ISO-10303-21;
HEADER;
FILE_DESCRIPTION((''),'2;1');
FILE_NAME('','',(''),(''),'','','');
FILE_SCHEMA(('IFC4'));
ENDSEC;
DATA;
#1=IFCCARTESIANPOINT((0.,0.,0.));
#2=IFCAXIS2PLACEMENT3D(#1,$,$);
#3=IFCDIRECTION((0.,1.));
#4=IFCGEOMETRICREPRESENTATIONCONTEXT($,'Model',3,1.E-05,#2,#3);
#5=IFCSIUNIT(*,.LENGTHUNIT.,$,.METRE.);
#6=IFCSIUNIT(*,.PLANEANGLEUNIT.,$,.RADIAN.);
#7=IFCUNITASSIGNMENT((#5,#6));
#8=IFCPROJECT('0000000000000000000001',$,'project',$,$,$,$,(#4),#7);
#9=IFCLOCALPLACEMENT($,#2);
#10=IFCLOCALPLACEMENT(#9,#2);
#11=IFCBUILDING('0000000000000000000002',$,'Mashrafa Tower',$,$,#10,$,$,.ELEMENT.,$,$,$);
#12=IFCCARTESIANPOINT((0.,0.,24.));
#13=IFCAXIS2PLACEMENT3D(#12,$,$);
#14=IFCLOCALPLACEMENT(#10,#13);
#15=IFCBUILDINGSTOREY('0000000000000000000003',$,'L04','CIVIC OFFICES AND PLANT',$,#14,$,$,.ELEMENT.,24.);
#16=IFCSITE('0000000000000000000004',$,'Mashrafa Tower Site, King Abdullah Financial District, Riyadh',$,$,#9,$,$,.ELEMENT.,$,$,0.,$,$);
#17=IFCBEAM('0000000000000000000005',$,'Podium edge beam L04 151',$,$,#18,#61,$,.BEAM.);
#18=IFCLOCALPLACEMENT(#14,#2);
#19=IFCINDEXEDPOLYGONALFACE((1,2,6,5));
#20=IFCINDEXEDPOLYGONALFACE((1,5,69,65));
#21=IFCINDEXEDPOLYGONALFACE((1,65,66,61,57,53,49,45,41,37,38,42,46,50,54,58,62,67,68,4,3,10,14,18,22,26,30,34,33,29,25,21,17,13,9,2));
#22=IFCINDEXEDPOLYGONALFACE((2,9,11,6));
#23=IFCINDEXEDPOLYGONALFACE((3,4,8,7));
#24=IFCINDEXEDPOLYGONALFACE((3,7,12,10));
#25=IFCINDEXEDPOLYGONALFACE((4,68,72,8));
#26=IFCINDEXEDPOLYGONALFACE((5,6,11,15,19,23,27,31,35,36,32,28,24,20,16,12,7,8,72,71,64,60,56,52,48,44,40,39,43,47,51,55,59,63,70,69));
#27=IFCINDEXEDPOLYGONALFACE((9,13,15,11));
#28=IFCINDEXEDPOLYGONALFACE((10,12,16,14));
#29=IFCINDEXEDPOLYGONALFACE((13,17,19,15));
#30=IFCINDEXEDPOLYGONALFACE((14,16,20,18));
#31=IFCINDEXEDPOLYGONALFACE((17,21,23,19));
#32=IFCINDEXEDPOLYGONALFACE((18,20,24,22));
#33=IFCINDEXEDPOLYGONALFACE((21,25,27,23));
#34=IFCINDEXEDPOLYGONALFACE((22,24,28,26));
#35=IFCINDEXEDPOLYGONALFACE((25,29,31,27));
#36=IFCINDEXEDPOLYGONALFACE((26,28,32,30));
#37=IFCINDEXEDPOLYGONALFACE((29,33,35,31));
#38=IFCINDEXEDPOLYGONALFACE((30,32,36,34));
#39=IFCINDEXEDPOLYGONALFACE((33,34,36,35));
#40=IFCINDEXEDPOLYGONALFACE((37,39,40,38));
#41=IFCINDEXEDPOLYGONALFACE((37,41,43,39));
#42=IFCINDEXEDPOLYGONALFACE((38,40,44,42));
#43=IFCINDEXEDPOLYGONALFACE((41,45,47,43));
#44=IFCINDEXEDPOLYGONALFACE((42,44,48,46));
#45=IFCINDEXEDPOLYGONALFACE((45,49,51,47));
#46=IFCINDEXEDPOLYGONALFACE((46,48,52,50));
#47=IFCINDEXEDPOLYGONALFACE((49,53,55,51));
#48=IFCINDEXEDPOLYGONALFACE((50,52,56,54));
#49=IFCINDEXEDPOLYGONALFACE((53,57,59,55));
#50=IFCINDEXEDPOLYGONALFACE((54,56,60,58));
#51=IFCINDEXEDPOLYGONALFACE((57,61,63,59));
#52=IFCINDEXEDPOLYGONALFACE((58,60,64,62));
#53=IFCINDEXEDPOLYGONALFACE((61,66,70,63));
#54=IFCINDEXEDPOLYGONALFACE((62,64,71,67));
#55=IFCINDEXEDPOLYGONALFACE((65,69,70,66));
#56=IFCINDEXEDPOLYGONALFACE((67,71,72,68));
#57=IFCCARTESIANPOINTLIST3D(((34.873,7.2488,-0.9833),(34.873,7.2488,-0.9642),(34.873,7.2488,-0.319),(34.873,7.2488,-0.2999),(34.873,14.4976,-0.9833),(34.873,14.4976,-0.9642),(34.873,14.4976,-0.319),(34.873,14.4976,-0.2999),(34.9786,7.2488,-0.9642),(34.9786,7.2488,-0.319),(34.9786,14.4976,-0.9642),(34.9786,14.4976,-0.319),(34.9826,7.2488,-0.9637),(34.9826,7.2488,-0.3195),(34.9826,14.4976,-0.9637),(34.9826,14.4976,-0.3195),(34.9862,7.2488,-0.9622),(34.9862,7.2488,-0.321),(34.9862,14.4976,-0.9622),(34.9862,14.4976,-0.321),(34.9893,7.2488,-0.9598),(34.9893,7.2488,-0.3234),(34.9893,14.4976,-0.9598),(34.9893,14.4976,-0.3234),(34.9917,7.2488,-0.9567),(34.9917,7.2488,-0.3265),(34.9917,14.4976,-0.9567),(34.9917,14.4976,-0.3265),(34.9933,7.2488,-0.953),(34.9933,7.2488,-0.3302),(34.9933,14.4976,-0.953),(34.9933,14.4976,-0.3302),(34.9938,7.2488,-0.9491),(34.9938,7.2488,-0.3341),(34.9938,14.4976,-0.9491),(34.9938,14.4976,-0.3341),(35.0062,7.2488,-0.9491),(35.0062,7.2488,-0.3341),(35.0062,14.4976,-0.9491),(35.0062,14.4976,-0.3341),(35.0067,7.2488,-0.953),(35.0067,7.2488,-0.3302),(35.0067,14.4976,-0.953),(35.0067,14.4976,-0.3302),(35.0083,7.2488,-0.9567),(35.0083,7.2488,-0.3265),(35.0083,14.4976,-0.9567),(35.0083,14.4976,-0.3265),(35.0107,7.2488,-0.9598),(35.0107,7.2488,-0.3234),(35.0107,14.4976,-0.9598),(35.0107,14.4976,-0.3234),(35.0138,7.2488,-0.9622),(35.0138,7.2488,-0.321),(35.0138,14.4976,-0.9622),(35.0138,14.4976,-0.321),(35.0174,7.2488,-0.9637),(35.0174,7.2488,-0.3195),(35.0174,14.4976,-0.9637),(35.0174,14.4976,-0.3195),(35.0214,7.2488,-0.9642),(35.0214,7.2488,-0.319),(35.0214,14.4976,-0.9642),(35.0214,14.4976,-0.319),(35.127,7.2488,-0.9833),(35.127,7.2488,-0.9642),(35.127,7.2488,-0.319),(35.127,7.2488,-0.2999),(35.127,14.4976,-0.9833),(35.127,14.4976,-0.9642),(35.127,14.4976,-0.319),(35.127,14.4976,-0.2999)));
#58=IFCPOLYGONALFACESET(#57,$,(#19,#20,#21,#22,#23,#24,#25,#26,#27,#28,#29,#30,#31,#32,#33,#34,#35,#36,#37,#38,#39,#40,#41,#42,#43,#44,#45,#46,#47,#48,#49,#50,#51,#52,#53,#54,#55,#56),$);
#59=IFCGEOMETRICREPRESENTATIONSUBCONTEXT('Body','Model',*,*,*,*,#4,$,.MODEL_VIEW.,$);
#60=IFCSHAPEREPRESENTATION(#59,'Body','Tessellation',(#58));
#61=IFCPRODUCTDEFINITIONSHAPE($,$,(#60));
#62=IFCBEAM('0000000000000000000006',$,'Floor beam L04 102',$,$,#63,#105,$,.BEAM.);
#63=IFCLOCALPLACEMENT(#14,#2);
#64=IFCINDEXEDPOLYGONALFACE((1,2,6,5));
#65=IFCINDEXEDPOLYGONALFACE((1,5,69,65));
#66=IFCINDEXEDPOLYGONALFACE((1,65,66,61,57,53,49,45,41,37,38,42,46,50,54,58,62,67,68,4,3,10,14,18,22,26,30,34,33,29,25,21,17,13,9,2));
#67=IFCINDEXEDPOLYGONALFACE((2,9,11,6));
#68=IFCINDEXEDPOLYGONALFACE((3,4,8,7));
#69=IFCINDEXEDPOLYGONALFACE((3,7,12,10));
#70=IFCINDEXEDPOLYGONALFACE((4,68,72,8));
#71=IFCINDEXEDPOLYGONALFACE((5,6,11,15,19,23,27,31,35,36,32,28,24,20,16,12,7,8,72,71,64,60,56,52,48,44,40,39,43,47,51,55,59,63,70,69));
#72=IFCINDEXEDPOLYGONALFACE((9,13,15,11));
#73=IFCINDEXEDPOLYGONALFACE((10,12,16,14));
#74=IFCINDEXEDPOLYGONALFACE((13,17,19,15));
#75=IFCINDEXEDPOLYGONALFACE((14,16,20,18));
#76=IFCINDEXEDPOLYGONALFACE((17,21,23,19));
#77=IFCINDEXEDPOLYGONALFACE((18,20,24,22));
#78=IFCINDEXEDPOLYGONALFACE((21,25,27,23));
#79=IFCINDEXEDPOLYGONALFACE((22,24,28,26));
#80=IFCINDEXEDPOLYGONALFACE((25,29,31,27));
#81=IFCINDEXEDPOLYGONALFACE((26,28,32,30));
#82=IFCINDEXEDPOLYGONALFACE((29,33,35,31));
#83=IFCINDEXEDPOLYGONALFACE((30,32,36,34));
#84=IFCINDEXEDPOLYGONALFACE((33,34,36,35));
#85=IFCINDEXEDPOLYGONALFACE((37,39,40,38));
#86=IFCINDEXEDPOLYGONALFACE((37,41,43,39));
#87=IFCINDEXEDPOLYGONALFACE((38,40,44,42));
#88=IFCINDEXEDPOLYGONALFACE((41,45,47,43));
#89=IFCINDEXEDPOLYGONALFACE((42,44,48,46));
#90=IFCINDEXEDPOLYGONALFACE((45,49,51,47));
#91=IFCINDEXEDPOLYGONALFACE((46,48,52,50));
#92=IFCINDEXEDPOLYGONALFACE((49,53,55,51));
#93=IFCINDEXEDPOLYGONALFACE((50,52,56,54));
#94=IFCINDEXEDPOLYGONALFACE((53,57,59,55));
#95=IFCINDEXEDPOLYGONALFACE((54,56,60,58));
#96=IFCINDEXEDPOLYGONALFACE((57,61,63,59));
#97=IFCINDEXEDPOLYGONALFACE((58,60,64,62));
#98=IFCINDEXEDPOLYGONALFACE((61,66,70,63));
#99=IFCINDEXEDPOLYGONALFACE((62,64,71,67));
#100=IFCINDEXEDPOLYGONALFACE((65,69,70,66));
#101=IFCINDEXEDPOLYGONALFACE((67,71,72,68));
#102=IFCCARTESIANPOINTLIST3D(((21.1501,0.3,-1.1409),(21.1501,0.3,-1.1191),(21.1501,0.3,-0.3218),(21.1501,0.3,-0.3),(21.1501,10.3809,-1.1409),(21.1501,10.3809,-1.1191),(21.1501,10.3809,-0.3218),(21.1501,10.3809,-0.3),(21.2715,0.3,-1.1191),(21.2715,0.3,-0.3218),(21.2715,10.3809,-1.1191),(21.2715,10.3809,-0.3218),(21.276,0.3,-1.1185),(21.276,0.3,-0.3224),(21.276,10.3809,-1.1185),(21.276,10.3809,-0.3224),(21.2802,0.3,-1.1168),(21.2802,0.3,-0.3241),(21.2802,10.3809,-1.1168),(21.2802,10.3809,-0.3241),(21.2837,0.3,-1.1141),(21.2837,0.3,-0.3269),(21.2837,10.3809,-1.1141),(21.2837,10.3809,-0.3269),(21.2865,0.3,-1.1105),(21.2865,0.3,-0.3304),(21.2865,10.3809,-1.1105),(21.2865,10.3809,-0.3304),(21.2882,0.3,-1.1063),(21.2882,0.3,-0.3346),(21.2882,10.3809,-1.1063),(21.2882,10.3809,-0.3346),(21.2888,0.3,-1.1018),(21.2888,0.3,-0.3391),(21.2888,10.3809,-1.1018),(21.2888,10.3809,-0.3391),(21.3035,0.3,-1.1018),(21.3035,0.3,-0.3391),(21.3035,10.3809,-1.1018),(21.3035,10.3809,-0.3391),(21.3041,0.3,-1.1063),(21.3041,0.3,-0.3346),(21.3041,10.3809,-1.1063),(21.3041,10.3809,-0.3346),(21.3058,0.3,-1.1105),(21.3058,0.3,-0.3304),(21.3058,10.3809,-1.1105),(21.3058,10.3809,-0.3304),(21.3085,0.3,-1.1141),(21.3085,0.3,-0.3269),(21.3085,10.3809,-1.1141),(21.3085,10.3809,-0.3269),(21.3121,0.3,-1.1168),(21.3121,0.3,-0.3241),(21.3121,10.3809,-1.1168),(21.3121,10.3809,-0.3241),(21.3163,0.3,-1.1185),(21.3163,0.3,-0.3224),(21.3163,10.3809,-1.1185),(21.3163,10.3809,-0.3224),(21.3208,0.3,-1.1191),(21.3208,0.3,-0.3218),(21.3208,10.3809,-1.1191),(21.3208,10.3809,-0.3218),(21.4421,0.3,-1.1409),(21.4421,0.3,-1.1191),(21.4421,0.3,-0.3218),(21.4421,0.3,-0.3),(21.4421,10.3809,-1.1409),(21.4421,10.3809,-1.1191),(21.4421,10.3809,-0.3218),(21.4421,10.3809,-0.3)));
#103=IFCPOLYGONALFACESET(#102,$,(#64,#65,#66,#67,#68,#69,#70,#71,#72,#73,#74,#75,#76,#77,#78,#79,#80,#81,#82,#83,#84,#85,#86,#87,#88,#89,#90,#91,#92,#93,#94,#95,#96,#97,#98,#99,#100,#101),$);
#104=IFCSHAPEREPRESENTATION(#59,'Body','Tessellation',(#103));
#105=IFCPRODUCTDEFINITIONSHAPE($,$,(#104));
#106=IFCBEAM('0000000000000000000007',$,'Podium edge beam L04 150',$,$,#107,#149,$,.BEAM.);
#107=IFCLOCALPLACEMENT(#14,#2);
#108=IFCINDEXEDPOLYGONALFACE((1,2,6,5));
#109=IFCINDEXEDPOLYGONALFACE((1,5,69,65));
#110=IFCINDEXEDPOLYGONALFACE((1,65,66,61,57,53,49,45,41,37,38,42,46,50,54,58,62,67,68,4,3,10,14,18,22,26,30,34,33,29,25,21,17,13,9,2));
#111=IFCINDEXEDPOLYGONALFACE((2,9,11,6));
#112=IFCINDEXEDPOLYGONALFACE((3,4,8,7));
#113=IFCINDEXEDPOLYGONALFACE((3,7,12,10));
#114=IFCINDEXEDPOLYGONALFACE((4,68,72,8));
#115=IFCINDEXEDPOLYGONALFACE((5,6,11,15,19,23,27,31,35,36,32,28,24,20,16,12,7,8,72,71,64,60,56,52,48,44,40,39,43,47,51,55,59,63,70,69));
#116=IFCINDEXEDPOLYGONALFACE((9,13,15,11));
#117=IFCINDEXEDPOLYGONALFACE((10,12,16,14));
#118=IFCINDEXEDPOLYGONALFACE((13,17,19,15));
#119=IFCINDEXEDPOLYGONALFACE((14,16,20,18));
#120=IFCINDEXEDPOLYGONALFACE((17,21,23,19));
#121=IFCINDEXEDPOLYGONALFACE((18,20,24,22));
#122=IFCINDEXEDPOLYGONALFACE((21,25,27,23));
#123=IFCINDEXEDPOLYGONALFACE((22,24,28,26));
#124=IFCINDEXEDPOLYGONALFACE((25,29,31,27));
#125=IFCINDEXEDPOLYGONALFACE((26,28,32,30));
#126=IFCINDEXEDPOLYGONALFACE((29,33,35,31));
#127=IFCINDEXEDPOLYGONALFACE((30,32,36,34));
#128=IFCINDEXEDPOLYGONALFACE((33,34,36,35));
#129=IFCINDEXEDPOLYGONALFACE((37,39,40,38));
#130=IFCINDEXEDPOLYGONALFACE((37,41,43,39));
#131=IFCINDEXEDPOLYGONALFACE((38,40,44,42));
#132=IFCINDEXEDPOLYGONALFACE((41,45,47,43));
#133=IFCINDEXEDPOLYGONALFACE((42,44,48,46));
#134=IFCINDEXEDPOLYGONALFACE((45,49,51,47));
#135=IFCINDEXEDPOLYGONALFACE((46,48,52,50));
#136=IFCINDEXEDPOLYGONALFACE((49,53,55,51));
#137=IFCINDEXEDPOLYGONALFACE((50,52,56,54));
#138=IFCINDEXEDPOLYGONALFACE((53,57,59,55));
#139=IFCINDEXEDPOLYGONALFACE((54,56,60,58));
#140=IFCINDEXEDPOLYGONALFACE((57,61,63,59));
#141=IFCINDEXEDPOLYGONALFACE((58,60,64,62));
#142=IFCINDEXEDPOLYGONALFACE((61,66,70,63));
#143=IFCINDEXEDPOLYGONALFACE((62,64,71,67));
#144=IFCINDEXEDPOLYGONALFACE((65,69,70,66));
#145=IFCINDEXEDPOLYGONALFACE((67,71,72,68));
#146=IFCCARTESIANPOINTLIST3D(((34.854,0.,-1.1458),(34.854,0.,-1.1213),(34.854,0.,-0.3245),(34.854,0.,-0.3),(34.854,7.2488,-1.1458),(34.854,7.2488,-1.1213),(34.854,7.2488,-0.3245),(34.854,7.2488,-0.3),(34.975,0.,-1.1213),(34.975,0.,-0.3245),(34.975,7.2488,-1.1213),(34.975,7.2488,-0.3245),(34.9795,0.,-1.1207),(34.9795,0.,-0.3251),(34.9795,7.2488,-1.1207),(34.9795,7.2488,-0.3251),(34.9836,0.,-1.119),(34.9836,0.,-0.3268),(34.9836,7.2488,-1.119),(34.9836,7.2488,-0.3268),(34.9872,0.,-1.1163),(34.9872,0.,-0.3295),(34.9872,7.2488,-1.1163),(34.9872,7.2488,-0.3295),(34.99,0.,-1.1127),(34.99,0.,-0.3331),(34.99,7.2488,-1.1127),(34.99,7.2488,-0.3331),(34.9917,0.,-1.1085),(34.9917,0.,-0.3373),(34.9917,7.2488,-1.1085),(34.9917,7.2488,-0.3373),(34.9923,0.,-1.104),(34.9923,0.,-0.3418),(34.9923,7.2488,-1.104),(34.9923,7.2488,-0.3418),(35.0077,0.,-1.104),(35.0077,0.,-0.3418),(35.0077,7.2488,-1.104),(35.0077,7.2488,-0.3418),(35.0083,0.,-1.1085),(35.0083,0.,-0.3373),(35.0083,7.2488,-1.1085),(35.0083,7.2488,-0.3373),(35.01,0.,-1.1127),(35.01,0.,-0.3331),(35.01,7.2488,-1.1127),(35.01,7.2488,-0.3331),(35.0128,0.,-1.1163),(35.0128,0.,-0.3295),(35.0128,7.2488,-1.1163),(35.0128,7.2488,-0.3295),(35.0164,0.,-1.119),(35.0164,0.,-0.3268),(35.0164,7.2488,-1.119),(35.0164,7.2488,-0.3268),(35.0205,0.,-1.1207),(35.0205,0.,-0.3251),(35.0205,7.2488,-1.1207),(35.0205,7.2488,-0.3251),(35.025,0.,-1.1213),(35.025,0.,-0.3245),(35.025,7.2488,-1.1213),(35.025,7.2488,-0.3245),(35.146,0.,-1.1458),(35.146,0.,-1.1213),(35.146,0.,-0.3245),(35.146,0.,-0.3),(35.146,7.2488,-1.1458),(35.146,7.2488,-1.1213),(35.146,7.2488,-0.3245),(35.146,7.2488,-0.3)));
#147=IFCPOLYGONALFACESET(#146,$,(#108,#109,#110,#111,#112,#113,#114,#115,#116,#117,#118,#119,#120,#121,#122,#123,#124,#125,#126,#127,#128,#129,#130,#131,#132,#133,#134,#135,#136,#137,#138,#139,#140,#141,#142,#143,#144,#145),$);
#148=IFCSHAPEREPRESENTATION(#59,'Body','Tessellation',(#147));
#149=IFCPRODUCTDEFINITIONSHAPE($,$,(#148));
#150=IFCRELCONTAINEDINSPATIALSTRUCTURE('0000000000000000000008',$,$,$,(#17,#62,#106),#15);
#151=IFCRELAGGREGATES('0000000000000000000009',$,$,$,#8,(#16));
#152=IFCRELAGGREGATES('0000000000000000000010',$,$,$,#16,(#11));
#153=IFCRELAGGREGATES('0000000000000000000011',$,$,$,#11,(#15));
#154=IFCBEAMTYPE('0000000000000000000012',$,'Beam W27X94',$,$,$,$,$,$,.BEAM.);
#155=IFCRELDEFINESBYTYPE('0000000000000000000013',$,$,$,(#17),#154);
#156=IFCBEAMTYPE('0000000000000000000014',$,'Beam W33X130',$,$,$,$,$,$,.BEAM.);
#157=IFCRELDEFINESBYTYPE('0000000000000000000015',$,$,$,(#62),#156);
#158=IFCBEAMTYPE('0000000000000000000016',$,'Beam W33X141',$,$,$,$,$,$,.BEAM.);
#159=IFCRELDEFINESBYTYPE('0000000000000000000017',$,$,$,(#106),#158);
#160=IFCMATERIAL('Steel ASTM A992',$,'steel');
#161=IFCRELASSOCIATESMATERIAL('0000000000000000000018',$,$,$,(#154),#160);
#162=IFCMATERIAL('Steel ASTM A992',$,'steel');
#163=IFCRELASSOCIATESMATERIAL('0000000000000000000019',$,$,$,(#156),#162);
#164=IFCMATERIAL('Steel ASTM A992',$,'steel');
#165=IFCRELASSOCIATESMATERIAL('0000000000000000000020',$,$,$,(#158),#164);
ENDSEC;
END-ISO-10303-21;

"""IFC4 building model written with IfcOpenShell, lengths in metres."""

from ifc_helpers import new_model, si_unit, direction, frame, origin, origin_2d, place, context, subcontext, project, spatial, i_section, extrude, material, material_profile, profile_set, type_object, element, save


model = new_model("IFC4")

# Units and contexts
model_context = context("Model", 3, precision=1e-05, world=origin(), true_north=direction((0.0, 1.0)))
body_context = subcontext(model_context, "Body", "Model", "MODEL_VIEW")
ifc_project = project(units=[si_unit("LENGTHUNIT", "METRE"), si_unit("PLANEANGLEUNIT", "RADIAN")], contexts=[model_context])

# Site, building, storey
site_placement = place(None, origin())
site = spatial("IfcSite", under=ifc_project, at=site_placement, Name="Mashrafa Tower Site, King Abdullah Financial District, Riyadh", CompositionType="ELEMENT", RefElevation=0.0)
building_placement = place(site_placement, origin())
building = spatial("IfcBuilding", under=site, at=building_placement, Name="Mashrafa Tower", CompositionType="ELEMENT")
storey_placement = place(building_placement, frame((0.0, 0.0, 24.0)))
storey = spatial("IfcBuildingStorey", under=building, at=storey_placement, Name="L04", Description="CIVIC OFFICES AND PLANT", CompositionType="ELEMENT", Elevation=24.0)

# Beams
ifc_material_1 = material(Name="Steel ASTM A992", Category="steel")
ifc_material_profile_1 = material_profile(ifc_material_1, i_section(OverallWidth=0.2539, OverallDepth=0.6833, WebThickness=0.0125, FlangeThickness=0.019, FilletRadius=0.0151, at=origin_2d()), Name="W27X94")
ifc_profile_set_1 = profile_set([ifc_material_profile_1], Name="Steel ASTM A992")
beam_type_1 = type_object("IfcBeamType", Name="Beam W27X94", PredefinedType="BEAM", material=ifc_profile_set_1)
beam_1_placement = place(storey_placement, frame((35.0, 7.2488, -0.6416), z_axis=(0.0, 1.0, 0.0), x_axis=(-1.0, 0.0, 0.0)))
element("IfcBeam", 1, at=beam_1_placement, inside=storey, type_object=beam_type_1, Name="Podium edge beam L04 151", PredefinedType="BEAM", context=body_context, shape_type="SweptSolid", body=[
    extrude(i_section(OverallWidth=0.2539, OverallDepth=0.6833, WebThickness=0.0125, FlangeThickness=0.019, FilletRadius=0.0151, at=origin_2d()), origin(), (0.0, 0.0, 1.0), 7.2488),
])
ifc_material_2 = material(Name="Steel ASTM A992", Category="steel")
ifc_material_profile_2 = material_profile(ifc_material_2, i_section(OverallWidth=0.292, OverallDepth=0.8408, WebThickness=0.0146, FlangeThickness=0.0217, FilletRadius=0.0173, at=origin_2d()), Name="W33X130")
ifc_profile_set_2 = profile_set([ifc_material_profile_2], Name="Steel ASTM A992")
beam_type_2 = type_object("IfcBeamType", Name="Beam W33X130", PredefinedType="BEAM", material=ifc_profile_set_2)
beam_2_placement = place(storey_placement, frame((21.2961, 10.3809, -0.7205), z_axis=(0.0, -1.0, 0.0), x_axis=(1.0, 0.0, 0.0)))
element("IfcBeam", 2, at=beam_2_placement, inside=storey, type_object=beam_type_2, Name="Floor beam L04 102", PredefinedType="BEAM", context=body_context, shape_type="SweptSolid", body=[
    extrude(i_section(OverallWidth=0.292, OverallDepth=0.8408, WebThickness=0.0146, FlangeThickness=0.0217, FilletRadius=0.0173, at=origin_2d()), origin(), (0.0, 0.0, 1.0), 10.0808),
])
ifc_material_3 = material(Name="Steel ASTM A992", Category="steel")
ifc_material_profile_3 = material_profile(ifc_material_3, i_section(OverallWidth=0.292, OverallDepth=0.8457, WebThickness=0.0154, FlangeThickness=0.0244, FilletRadius=0.0173, at=origin_2d()), Name="W33X141")
ifc_profile_set_3 = profile_set([ifc_material_profile_3], Name="Steel ASTM A992")
beam_type_3 = type_object("IfcBeamType", Name="Beam W33X141", PredefinedType="BEAM", material=ifc_profile_set_3)
beam_3_placement = place(storey_placement, frame((35.0, 0.0, -0.7229), z_axis=(0.0, 1.0, 0.0), x_axis=(-1.0, 0.0, 0.0)))
element("IfcBeam", 3, at=beam_3_placement, inside=storey, type_object=beam_type_3, Name="Podium edge beam L04 150", PredefinedType="BEAM", context=body_context, shape_type="SweptSolid", body=[
    extrude(i_section(OverallWidth=0.292, OverallDepth=0.8457, WebThickness=0.0154, FlangeThickness=0.0244, FilletRadius=0.0173, at=origin_2d()), origin(), (0.0, 0.0, 1.0), 7.2488),
])

save(model, "model.ifc")
